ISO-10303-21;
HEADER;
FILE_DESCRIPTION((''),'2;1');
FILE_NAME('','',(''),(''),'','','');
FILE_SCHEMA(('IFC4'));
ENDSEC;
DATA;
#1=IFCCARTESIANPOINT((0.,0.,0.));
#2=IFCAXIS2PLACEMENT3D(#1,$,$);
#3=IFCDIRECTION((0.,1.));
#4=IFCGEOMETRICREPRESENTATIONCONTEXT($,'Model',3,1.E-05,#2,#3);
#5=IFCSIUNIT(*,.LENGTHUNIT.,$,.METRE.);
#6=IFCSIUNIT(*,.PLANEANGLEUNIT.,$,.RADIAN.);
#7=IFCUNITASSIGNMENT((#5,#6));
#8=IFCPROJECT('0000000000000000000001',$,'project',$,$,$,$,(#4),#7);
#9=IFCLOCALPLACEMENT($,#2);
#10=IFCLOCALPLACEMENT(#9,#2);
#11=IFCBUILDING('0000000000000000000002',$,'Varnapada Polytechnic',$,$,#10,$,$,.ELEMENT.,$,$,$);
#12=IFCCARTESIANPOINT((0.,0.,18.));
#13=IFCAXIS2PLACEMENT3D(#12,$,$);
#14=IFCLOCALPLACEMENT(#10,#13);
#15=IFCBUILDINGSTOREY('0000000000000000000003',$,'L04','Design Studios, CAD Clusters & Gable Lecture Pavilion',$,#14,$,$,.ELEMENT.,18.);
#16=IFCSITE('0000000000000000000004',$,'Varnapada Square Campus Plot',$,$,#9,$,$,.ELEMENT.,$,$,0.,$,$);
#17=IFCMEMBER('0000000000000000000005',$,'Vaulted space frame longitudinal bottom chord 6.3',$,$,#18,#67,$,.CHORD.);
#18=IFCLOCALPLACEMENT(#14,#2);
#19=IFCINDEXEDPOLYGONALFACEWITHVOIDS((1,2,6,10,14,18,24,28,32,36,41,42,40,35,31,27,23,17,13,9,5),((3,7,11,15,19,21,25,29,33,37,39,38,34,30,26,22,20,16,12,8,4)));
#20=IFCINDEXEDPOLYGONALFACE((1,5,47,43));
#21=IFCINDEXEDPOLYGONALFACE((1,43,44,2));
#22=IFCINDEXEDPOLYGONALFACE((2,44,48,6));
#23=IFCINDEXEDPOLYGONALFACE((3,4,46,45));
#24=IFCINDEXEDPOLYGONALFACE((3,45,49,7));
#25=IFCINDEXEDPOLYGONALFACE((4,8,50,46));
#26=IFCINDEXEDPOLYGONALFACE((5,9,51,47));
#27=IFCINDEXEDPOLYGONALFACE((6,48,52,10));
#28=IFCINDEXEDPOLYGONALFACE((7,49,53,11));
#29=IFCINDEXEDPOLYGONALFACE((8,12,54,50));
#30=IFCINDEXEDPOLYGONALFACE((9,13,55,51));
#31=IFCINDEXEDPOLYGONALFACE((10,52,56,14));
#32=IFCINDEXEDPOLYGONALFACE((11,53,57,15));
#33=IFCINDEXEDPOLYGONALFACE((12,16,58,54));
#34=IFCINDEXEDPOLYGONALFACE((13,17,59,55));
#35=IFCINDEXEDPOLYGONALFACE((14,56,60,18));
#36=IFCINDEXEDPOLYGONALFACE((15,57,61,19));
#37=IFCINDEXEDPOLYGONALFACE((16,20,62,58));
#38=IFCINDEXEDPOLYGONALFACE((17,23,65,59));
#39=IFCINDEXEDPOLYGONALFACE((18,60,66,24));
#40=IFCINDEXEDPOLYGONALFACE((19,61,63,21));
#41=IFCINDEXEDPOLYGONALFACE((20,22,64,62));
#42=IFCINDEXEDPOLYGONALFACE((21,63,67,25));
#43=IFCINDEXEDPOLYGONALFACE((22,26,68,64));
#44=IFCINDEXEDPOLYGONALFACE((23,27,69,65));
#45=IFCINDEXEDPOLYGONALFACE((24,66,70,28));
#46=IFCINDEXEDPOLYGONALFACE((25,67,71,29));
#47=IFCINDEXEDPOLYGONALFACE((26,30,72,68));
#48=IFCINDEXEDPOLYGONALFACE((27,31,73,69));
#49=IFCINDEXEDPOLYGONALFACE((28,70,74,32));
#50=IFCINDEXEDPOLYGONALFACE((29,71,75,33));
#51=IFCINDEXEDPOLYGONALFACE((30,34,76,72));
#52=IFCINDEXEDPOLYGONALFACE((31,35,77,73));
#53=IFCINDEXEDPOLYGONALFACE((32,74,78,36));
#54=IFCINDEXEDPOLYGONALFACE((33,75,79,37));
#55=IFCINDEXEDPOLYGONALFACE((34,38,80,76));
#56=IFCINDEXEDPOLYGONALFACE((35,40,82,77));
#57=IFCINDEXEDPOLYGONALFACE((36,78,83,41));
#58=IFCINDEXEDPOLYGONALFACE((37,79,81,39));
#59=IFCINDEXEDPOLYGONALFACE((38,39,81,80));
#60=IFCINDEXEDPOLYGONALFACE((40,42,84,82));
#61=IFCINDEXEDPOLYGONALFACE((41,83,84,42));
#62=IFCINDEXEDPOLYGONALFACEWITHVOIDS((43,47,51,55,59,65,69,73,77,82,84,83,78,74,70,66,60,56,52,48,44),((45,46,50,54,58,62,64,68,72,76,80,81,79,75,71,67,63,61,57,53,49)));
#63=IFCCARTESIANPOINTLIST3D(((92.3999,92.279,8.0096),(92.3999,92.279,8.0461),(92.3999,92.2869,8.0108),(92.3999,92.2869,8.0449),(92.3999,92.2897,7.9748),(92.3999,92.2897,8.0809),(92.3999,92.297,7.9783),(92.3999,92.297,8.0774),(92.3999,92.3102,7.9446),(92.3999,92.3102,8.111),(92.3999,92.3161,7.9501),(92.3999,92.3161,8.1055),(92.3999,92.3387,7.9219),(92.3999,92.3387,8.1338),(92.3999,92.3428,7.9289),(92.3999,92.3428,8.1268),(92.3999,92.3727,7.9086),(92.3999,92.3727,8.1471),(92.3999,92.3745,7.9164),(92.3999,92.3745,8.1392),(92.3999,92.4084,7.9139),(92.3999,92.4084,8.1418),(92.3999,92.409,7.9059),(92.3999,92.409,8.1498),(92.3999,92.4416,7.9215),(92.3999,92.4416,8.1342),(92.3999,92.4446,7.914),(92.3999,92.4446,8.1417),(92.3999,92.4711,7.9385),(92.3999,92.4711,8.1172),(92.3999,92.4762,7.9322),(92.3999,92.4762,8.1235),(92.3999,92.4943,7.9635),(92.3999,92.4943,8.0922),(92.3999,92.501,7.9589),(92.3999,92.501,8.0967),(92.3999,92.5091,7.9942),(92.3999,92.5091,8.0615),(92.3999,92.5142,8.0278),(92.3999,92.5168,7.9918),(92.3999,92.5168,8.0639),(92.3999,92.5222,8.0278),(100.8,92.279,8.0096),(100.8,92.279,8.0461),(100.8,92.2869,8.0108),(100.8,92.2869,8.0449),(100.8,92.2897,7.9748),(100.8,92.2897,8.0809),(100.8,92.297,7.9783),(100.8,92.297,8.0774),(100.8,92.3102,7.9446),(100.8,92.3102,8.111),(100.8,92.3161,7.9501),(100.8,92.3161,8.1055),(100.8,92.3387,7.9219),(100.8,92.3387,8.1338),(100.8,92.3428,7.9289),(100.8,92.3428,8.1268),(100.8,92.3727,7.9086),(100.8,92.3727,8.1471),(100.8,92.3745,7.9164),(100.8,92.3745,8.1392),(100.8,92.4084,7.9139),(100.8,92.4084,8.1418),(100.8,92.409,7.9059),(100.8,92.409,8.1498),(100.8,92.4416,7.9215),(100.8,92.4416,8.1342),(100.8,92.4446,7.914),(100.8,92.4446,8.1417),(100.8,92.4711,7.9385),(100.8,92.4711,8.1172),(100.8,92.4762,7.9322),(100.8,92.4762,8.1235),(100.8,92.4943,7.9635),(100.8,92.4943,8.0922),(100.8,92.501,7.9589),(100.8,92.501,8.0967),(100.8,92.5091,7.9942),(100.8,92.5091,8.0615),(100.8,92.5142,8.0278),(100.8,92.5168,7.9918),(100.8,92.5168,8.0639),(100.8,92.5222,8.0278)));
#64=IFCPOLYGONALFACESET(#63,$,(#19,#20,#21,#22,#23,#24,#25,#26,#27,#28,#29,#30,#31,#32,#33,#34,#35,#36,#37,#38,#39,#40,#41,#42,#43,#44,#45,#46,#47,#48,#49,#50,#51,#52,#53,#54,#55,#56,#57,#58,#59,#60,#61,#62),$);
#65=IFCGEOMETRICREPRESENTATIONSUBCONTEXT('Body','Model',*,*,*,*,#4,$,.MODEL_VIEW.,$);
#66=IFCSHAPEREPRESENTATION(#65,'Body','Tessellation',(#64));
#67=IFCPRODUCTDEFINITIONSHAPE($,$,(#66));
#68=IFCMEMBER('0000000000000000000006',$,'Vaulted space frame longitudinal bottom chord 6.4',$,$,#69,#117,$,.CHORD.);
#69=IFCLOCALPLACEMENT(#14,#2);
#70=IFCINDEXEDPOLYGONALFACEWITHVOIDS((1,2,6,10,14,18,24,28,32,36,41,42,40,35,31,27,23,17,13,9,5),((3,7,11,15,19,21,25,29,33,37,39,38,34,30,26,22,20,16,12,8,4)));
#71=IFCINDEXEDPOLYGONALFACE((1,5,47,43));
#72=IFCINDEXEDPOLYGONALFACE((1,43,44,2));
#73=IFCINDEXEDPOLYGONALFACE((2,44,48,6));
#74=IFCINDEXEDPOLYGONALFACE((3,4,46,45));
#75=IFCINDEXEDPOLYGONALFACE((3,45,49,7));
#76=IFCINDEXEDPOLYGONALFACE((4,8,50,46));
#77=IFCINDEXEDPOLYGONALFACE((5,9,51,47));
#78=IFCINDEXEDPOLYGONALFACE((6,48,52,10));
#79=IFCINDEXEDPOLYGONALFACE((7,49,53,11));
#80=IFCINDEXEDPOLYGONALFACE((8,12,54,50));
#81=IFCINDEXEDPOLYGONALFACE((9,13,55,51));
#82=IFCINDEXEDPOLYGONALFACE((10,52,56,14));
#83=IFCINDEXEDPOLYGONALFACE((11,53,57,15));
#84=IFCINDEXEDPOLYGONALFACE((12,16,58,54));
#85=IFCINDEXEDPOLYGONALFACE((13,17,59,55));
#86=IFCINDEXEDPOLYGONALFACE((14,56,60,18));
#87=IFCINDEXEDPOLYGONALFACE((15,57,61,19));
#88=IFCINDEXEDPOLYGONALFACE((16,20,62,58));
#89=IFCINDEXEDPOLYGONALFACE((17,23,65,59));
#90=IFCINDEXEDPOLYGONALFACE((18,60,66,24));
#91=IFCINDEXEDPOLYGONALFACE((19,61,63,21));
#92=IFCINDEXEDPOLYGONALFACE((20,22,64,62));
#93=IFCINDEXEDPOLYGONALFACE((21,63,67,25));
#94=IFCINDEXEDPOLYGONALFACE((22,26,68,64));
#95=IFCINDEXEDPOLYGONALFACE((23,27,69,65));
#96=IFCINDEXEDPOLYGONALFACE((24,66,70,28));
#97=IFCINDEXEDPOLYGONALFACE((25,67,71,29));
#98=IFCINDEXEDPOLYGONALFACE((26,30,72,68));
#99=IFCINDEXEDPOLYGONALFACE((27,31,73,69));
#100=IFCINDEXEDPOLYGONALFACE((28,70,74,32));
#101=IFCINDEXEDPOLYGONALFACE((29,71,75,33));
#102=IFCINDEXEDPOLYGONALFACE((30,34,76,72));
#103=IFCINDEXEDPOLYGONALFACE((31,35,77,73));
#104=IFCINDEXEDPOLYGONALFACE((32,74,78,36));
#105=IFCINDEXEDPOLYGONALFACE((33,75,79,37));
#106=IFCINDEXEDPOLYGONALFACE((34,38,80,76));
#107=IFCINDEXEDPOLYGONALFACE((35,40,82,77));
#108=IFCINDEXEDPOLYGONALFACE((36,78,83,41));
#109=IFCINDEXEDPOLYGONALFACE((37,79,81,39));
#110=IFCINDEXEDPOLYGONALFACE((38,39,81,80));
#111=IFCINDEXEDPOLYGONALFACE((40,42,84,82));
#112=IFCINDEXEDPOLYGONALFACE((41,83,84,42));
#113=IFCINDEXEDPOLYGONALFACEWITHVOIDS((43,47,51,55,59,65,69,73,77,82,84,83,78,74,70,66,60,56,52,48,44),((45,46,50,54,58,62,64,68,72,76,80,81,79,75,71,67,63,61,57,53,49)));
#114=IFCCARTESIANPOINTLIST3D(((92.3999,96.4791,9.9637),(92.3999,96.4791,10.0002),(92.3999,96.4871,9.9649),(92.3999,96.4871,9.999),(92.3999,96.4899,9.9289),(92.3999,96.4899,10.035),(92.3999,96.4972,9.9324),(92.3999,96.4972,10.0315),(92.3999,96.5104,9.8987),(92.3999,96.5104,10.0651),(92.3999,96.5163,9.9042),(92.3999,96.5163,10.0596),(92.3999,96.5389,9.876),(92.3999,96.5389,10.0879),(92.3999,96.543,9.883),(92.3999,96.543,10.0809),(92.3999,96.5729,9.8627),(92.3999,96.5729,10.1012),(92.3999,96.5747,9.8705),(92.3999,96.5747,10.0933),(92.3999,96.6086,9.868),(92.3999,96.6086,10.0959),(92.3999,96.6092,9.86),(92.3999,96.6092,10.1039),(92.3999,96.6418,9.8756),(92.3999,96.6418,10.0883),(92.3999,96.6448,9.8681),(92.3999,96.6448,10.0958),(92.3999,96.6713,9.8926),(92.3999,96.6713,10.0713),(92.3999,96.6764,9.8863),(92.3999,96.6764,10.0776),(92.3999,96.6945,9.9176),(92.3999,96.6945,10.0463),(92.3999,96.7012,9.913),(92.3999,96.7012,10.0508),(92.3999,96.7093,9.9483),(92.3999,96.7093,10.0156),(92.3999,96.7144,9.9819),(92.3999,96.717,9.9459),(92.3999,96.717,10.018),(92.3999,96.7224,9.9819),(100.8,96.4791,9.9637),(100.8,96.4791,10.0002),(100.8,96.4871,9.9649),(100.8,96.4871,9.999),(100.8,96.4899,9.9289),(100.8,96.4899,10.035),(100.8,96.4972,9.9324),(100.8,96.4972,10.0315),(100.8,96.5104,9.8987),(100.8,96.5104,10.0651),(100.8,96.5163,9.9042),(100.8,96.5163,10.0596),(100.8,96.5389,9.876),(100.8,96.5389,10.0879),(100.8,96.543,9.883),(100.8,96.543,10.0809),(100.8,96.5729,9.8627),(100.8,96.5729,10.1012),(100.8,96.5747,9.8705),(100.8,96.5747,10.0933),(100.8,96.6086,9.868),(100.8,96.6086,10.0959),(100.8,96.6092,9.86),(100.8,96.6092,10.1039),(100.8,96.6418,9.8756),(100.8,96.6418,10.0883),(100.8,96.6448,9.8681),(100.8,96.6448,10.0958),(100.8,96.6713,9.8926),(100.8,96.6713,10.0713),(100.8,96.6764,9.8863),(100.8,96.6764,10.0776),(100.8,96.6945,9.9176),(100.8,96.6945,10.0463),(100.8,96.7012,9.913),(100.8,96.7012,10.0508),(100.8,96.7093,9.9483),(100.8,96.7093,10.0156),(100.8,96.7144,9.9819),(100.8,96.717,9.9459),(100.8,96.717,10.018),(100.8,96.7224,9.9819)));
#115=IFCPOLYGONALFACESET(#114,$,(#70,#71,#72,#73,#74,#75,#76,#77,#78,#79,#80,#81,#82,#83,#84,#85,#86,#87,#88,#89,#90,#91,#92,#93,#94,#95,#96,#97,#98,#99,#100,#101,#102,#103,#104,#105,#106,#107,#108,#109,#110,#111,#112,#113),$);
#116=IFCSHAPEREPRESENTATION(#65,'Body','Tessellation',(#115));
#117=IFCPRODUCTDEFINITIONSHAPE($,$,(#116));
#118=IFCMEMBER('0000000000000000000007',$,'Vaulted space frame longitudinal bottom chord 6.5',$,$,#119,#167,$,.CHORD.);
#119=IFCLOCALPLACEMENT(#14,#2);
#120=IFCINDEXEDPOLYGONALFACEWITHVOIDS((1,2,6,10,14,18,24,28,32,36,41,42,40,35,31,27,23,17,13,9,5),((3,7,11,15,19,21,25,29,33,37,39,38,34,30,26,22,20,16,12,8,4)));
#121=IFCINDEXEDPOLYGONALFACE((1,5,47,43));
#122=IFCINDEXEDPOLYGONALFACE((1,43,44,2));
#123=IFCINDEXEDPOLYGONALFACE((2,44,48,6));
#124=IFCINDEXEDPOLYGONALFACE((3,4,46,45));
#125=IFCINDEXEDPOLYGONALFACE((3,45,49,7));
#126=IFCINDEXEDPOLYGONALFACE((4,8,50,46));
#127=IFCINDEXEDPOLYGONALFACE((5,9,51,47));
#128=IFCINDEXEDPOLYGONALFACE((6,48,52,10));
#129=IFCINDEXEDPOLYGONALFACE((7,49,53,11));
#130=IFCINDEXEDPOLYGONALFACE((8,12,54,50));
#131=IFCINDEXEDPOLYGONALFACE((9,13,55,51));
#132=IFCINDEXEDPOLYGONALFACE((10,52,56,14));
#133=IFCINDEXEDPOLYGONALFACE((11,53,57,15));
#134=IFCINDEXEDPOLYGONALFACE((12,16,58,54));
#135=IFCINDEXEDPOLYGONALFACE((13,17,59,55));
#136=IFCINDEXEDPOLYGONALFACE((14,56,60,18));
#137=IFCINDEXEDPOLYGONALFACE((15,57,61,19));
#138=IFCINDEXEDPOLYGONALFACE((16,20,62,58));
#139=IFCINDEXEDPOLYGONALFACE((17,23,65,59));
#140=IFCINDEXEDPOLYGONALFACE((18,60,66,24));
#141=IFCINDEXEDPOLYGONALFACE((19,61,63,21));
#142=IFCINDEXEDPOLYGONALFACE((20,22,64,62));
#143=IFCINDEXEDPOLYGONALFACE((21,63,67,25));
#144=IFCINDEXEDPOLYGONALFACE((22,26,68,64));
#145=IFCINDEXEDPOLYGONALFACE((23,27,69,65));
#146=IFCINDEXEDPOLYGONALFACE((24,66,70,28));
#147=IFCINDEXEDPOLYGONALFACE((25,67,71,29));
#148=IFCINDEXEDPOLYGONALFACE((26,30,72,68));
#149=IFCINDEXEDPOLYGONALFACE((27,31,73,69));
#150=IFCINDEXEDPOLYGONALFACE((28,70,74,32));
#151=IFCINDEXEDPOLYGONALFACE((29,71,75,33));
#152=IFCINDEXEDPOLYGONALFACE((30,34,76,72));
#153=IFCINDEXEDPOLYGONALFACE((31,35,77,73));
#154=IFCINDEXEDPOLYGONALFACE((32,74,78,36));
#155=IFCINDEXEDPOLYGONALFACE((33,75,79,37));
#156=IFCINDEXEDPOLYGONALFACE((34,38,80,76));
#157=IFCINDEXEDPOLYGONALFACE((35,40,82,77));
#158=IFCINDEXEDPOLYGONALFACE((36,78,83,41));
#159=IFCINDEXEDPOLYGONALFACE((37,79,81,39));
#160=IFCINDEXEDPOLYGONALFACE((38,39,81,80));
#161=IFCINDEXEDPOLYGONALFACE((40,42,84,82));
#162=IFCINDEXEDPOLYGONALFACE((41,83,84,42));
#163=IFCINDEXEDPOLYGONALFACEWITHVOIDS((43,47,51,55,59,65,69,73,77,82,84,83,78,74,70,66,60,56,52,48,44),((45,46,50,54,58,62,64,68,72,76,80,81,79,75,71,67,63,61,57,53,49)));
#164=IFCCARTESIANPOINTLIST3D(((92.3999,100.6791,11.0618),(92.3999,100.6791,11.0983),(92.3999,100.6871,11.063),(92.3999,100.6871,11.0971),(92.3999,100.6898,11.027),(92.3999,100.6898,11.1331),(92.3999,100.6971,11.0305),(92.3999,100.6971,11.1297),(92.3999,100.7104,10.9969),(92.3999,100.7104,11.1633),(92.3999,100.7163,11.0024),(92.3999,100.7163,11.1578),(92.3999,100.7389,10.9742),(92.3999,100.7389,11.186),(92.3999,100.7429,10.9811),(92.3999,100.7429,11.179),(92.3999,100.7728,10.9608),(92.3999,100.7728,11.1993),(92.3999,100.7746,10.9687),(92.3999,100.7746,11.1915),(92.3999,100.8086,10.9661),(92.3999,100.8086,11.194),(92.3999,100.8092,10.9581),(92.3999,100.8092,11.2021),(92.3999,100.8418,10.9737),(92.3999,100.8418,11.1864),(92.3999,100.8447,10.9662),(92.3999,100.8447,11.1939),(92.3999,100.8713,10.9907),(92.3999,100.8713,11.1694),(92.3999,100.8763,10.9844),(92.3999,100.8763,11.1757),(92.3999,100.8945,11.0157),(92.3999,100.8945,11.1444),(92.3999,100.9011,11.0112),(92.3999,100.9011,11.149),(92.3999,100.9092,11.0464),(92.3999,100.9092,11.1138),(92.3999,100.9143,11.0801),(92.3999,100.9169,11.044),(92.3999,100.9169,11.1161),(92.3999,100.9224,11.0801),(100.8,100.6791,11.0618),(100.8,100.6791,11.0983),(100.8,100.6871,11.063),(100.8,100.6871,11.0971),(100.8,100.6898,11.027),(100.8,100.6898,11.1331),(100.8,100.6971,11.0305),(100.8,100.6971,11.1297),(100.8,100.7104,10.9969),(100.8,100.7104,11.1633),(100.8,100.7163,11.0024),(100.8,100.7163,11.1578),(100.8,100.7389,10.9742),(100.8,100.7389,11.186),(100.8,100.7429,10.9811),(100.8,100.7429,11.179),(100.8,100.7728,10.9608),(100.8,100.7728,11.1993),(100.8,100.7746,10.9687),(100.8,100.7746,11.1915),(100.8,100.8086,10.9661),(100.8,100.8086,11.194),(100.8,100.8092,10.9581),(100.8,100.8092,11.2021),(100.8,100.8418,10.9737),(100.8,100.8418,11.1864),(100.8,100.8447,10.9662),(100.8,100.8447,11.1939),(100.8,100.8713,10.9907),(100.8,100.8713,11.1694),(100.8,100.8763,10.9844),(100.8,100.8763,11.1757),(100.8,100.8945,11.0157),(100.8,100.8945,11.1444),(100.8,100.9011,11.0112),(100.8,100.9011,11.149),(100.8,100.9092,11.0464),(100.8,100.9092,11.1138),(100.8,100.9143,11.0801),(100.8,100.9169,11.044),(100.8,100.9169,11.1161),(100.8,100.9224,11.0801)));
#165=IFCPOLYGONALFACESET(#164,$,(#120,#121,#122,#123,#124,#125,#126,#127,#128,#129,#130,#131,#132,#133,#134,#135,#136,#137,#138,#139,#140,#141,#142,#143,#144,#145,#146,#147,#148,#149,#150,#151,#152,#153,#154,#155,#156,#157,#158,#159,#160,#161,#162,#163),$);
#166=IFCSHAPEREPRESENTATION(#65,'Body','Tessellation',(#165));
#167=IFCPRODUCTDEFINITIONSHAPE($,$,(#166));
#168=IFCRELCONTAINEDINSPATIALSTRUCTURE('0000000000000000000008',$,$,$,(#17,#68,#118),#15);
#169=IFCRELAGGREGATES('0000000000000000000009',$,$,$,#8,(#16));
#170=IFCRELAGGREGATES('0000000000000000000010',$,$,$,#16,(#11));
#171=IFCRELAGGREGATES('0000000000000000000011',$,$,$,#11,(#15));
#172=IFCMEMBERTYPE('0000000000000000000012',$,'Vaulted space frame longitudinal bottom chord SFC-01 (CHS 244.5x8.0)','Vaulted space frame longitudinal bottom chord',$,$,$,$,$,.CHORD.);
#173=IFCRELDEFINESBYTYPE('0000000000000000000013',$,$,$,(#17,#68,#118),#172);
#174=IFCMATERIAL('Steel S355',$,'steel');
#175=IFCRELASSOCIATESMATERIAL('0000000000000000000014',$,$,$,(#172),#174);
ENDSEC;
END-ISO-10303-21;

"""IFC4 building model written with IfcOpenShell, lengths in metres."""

from ifc_helpers import new_model, si_unit, direction, frame, origin, origin_2d, place, context, subcontext, project, spatial, hollow_circle, extrude, material, material_profile, profile_set, type_object, element, save


model = new_model("IFC4")

# Units and contexts
model_context = context("Model", 3, precision=1e-05, world=origin(), true_north=direction((0.0, 1.0)))
body_context = subcontext(model_context, "Body", "Model", "MODEL_VIEW")
ifc_project = project(units=[si_unit("LENGTHUNIT", "METRE"), si_unit("PLANEANGLEUNIT", "RADIAN")], contexts=[model_context])

# Site, building, storey
site_placement = place(None, origin())
site = spatial("IfcSite", under=ifc_project, at=site_placement, Name="Varnapada Square Campus Plot", CompositionType="ELEMENT", RefElevation=0.0)
building_placement = place(site_placement, origin())
building = spatial("IfcBuilding", under=site, at=building_placement, Name="Varnapada Polytechnic", CompositionType="ELEMENT")
storey_placement = place(building_placement, frame((0.0, 0.0, 18.0)))
storey = spatial("IfcBuildingStorey", under=building, at=storey_placement, Name="L04", Description="Design Studios, CAD Clusters & Gable Lecture Pavilion", CompositionType="ELEMENT", Elevation=18.0)

# Members
ifc_material = material(Name="Steel S355", Category="steel")
ifc_material_profile_1 = material_profile(ifc_material, hollow_circle(Radius=0.1223, WallThickness=0.0081, at=origin_2d()), Name="CHS 244.5x8.0")
ifc_profile_set_1 = profile_set([ifc_material_profile_1], Name="Steel S355")
member_type_1 = type_object("IfcMemberType", Name="Vaulted space frame longitudinal bottom chord SFC-01 (CHS 244.5x8.0)", Description="Vaulted space frame longitudinal bottom chord", PredefinedType="CHORD", material=ifc_profile_set_1)
for number, where, z_axis, x_axis, name in (
    (1, (92.3999, 92.3999, 8.0278), (1.0, 0.0, 0.0), (0.0, 1.0, 0.0), "Vaulted space frame longitudinal bottom chord 6.3"),
    (2, (92.3999, 96.6001, 9.9819), (1.0, 0.0, 0.0), (0.0, 1.0, 0.0), "Vaulted space frame longitudinal bottom chord 6.4"),
    (3, (92.3999, 100.8, 11.0801), (1.0, 0.0, 0.0), (0.0, 1.0, 0.0), "Vaulted space frame longitudinal bottom chord 6.5"),
):
    element("IfcMember", number, at=place(storey_placement, frame(where, z_axis=z_axis, x_axis=x_axis)), inside=storey, type_object=member_type_1, Name=name, PredefinedType="CHORD", context=body_context, shape_type="SweptSolid", body=[
        extrude(hollow_circle(Radius=0.1223, WallThickness=0.0081, at=origin_2d()), origin(), (0.0, 0.0, 1.0), 8.4001),
    ])

save(model, "model.ifc")
